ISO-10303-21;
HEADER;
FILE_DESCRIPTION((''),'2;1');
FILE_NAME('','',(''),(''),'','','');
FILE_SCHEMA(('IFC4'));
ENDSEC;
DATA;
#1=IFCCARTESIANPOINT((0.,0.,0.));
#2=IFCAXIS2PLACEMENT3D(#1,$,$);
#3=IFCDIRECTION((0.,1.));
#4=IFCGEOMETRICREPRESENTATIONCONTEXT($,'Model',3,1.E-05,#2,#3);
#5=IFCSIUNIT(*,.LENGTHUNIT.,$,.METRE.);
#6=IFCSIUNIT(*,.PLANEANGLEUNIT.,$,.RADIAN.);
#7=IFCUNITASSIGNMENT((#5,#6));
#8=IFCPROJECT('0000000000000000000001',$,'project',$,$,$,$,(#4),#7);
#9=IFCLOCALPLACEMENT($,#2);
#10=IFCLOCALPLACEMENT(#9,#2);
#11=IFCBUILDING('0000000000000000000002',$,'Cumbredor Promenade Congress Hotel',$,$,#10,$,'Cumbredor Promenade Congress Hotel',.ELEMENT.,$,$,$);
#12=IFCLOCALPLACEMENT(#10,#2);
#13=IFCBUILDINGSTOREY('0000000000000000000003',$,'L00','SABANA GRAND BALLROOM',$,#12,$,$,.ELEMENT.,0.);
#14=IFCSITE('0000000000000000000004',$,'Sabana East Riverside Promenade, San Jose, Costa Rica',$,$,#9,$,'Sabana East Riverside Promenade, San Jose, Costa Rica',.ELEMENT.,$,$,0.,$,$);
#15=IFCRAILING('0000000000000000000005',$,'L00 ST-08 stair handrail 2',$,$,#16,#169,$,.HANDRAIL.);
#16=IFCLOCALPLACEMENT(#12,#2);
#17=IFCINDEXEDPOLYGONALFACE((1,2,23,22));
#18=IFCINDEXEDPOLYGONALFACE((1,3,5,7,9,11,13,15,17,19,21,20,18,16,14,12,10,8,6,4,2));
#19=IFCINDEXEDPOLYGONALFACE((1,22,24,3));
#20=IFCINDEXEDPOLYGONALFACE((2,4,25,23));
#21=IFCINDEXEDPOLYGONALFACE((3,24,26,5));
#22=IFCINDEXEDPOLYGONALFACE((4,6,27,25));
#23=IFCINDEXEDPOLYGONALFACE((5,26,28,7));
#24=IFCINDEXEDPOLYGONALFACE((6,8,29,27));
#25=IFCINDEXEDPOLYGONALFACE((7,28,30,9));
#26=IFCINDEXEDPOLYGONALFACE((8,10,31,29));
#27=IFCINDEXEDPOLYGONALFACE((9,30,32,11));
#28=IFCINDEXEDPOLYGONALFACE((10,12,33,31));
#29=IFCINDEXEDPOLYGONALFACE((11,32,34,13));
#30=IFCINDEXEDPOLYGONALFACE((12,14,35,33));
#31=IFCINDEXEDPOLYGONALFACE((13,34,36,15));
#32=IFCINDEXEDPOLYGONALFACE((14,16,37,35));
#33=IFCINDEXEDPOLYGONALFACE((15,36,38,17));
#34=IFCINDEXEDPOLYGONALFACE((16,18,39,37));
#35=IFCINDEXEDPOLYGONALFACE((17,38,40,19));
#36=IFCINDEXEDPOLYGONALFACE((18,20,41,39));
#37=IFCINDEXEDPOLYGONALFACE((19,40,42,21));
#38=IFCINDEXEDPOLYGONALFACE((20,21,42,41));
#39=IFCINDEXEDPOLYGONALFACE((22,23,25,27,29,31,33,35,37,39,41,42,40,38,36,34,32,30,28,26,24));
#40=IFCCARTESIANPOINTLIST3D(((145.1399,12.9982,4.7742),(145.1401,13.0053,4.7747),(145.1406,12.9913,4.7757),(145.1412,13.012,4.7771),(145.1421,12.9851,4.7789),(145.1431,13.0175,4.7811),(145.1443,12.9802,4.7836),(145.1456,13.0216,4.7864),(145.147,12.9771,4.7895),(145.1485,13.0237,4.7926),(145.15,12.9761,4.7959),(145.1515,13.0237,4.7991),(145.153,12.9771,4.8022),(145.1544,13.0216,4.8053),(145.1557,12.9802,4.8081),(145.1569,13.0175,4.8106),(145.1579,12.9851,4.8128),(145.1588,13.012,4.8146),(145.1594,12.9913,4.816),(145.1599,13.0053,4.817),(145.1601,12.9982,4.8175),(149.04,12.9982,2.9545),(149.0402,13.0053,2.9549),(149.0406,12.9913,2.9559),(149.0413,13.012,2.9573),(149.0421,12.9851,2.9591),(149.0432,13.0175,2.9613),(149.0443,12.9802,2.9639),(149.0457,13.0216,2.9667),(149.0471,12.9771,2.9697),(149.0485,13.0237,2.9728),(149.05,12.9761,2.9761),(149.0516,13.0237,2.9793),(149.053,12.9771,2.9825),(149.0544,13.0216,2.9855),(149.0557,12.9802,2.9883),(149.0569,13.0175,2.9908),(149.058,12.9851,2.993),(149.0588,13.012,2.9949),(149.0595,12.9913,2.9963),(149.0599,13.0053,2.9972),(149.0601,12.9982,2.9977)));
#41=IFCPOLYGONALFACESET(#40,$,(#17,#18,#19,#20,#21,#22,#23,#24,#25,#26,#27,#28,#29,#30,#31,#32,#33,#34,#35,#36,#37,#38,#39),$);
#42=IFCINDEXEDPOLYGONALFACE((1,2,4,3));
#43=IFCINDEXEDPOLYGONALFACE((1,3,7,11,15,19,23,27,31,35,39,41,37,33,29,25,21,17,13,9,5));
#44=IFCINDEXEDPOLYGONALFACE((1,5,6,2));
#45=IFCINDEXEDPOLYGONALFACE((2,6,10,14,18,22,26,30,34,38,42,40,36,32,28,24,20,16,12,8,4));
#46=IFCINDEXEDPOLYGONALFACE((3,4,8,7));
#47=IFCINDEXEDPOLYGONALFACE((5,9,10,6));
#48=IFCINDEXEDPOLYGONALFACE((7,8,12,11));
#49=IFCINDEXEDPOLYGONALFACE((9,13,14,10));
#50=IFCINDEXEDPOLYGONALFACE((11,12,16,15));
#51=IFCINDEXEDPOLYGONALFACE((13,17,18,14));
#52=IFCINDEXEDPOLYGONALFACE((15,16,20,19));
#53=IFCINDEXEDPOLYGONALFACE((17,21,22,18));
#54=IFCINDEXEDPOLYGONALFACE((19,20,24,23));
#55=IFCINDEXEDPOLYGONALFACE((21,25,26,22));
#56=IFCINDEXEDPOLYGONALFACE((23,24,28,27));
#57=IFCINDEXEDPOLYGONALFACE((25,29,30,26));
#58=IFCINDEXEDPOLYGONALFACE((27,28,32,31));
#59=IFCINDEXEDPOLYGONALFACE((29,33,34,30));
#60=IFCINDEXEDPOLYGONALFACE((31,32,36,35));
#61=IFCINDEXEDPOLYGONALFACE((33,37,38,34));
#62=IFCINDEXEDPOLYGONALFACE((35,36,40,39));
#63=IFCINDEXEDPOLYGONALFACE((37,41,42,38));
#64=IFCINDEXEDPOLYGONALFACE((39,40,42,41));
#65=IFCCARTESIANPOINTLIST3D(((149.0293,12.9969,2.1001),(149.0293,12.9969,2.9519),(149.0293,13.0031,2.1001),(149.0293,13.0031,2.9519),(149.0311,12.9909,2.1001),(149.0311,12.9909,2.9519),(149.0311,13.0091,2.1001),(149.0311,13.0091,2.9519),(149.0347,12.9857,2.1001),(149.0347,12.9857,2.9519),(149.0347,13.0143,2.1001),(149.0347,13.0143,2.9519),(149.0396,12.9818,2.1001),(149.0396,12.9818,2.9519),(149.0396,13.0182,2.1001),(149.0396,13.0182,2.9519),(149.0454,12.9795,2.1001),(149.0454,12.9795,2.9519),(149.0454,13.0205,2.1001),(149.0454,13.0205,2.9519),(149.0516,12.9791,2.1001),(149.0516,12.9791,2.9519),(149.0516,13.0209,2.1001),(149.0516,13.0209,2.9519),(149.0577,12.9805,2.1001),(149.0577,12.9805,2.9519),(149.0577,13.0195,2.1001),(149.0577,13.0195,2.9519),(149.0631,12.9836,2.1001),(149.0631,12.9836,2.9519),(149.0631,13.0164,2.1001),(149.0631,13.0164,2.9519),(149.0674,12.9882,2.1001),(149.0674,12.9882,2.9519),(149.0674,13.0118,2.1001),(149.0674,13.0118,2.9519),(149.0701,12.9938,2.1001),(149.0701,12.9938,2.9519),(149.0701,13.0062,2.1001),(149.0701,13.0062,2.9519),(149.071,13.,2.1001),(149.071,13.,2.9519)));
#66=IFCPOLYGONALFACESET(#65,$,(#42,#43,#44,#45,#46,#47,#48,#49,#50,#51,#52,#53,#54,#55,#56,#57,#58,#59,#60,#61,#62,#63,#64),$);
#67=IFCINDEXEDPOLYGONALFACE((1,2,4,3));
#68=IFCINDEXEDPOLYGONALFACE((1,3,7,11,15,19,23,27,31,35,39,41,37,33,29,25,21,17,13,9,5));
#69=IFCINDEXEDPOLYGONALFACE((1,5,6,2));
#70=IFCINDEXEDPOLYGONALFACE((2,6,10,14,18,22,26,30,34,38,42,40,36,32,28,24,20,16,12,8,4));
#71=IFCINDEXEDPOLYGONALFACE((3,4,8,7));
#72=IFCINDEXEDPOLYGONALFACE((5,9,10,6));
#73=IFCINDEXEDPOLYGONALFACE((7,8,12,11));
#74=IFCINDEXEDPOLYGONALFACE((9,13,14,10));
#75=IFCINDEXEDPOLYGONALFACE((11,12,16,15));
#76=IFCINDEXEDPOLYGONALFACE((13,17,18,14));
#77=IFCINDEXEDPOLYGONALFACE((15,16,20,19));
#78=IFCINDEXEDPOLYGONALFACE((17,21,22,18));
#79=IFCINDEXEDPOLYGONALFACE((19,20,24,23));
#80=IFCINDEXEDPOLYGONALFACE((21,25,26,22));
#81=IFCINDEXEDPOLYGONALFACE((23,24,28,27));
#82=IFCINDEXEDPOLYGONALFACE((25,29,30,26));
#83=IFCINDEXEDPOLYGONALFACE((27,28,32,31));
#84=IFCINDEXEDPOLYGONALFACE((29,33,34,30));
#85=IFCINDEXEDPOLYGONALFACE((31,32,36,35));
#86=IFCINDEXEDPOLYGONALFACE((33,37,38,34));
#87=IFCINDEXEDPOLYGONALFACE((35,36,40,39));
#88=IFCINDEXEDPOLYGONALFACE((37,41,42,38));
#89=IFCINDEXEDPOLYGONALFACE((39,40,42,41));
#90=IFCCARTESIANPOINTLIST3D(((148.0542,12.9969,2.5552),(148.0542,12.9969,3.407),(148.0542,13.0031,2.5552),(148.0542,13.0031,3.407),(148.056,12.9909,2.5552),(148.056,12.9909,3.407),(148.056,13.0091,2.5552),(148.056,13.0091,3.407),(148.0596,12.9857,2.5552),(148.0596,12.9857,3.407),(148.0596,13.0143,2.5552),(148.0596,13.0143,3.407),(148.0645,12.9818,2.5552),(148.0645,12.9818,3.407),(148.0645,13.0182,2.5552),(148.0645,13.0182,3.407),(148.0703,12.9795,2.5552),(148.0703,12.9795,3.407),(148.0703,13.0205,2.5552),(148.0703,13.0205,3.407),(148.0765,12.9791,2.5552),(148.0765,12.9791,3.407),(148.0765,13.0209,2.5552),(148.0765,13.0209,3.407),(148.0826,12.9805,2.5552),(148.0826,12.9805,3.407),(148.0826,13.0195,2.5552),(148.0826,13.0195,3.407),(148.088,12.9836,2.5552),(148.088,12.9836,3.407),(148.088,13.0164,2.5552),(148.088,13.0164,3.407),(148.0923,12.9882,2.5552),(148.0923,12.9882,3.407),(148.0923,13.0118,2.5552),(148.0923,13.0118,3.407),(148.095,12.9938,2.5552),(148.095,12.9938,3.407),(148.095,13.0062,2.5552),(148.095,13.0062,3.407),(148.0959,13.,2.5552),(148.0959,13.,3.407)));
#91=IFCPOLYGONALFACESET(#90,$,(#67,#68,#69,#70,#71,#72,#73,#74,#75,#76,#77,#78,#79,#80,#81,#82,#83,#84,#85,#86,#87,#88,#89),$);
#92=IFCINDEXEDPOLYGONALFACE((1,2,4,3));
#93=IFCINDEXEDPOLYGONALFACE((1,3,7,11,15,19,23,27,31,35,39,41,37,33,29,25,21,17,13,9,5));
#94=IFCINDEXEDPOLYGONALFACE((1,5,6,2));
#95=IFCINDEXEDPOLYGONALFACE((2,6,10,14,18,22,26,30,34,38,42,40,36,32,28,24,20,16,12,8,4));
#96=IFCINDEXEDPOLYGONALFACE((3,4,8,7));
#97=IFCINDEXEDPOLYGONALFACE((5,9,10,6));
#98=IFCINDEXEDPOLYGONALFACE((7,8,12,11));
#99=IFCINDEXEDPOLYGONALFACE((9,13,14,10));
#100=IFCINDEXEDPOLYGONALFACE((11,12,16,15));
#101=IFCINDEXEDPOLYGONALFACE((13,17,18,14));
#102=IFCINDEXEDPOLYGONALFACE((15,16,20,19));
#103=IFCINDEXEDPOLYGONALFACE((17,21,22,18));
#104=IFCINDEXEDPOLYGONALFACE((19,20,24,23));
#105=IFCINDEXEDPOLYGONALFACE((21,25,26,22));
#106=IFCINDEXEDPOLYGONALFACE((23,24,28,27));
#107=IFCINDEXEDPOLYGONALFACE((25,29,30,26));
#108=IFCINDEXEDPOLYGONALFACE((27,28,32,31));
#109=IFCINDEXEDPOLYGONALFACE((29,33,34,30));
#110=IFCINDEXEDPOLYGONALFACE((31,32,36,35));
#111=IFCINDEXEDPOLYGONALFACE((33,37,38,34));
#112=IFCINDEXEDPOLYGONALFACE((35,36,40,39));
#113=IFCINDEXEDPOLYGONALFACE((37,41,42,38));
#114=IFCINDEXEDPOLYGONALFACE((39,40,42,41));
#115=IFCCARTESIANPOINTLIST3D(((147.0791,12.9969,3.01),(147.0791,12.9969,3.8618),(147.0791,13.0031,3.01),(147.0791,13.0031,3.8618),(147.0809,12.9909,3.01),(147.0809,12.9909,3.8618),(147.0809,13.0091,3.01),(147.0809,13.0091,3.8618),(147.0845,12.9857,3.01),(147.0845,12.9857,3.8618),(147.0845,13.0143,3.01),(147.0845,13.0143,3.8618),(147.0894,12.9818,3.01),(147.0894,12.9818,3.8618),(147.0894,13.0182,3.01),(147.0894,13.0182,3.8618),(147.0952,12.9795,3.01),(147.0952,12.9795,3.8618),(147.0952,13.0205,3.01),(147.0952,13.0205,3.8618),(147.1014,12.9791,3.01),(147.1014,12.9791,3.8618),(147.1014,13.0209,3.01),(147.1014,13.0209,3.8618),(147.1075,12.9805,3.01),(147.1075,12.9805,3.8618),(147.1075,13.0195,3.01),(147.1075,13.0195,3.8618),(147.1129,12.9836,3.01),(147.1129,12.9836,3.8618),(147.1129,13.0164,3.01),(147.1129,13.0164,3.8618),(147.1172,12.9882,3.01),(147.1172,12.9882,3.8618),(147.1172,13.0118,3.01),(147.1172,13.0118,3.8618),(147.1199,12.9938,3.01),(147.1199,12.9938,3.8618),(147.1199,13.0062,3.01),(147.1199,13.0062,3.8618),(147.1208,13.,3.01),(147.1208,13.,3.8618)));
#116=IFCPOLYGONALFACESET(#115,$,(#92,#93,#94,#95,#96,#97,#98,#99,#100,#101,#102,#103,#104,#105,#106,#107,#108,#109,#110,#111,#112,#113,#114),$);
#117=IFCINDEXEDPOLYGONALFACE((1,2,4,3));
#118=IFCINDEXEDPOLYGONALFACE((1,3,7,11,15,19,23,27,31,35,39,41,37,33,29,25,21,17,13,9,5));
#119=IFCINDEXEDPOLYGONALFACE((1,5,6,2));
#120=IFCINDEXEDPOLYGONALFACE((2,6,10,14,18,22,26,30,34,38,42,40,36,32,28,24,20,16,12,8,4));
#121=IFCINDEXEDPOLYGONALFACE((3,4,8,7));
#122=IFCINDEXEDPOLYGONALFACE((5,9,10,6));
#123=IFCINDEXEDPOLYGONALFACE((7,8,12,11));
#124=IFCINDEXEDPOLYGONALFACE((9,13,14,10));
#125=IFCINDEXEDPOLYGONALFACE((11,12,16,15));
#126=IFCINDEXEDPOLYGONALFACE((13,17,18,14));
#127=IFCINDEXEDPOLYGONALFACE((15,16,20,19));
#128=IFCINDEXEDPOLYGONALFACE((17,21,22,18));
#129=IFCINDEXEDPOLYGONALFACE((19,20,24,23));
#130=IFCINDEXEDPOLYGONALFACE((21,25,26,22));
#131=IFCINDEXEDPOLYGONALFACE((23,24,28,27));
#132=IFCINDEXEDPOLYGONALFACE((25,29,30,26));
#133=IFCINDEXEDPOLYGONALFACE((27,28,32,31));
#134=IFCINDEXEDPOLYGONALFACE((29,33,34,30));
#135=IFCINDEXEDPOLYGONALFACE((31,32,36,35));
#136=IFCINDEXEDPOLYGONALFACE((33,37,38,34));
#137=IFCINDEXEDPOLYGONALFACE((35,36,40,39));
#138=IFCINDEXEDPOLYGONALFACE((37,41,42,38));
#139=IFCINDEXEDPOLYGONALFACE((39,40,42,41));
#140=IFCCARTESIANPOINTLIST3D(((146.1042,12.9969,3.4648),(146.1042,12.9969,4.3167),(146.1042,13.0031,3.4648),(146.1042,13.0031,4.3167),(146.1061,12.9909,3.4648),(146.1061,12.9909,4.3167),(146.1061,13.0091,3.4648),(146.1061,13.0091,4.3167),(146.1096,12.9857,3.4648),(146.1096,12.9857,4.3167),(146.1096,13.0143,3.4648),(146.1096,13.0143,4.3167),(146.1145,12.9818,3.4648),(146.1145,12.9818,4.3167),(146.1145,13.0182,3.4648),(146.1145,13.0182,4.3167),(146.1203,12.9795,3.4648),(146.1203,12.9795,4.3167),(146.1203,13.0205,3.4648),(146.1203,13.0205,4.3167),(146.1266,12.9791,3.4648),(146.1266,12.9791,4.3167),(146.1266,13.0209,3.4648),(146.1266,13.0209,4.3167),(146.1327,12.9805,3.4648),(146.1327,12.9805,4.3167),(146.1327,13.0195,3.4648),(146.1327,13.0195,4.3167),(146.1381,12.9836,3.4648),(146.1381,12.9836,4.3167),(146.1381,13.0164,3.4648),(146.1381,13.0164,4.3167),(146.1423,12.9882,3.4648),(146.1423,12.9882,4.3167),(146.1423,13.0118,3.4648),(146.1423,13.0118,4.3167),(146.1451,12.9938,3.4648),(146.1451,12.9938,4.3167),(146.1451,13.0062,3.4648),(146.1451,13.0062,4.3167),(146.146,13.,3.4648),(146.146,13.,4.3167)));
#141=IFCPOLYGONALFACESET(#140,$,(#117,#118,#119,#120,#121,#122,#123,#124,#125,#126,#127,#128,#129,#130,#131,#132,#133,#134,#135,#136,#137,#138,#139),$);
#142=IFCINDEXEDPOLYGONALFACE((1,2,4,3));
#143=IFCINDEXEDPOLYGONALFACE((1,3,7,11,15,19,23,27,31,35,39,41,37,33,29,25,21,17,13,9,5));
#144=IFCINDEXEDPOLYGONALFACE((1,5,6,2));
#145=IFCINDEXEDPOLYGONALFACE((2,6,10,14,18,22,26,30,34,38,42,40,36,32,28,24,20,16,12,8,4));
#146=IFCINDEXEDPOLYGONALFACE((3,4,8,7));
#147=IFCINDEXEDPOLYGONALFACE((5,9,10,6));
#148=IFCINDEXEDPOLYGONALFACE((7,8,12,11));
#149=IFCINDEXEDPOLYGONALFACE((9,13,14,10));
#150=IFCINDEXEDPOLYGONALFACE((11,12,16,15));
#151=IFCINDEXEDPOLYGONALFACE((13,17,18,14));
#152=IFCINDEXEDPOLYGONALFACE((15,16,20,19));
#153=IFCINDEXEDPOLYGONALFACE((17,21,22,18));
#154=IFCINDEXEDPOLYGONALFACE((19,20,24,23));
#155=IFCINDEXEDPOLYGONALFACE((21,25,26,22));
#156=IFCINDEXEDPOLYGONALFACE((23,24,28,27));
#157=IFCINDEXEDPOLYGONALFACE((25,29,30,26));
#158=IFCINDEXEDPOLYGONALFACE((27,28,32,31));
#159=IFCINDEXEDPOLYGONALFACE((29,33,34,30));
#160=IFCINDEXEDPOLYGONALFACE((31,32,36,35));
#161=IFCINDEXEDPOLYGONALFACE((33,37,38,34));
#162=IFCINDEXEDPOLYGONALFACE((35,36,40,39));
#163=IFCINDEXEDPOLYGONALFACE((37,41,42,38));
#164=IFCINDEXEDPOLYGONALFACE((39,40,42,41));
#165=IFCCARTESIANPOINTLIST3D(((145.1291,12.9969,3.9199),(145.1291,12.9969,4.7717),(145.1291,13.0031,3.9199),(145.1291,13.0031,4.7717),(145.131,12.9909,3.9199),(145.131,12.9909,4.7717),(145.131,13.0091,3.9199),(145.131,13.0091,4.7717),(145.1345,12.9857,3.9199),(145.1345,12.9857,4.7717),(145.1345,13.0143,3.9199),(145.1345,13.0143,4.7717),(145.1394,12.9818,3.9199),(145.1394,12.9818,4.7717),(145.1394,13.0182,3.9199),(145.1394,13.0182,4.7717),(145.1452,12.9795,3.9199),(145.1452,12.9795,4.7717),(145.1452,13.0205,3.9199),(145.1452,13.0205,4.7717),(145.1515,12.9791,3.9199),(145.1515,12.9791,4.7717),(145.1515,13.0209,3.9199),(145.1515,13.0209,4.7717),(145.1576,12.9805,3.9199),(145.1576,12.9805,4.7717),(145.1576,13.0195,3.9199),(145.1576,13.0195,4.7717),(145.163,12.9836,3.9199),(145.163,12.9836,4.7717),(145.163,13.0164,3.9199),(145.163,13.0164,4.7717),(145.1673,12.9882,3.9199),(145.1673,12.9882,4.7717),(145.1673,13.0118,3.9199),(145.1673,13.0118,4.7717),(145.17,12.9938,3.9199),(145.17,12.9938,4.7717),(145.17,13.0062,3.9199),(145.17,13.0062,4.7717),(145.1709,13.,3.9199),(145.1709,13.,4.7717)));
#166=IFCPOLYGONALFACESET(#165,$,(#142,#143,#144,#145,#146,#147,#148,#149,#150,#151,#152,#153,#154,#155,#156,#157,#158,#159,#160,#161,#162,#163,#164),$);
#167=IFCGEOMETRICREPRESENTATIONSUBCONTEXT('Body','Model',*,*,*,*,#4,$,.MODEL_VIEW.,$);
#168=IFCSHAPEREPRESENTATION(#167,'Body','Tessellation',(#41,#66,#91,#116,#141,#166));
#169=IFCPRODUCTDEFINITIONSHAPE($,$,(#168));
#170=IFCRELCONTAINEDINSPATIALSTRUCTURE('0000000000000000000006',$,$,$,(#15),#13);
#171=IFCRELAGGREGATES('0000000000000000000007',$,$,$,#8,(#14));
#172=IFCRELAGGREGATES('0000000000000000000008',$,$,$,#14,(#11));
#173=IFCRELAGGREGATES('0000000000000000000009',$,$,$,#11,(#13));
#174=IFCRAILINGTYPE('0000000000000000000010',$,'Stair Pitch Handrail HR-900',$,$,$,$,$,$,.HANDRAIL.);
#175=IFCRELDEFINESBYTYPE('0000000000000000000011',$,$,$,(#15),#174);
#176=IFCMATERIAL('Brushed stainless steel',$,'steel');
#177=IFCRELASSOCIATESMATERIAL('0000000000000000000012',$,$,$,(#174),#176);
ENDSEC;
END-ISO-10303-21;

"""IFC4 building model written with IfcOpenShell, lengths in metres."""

from ifc_helpers import new_model, si_unit, direction, frame, origin, origin_2d, place, context, subcontext, project, spatial, circle, extrude, material, type_object, element, save


model = new_model("IFC4")

# Units and contexts
model_context = context("Model", 3, precision=1e-05, world=origin(), true_north=direction((0.0, 1.0)))
body_context = subcontext(model_context, "Body", "Model", "MODEL_VIEW")
ifc_project = project(units=[si_unit("LENGTHUNIT", "METRE"), si_unit("PLANEANGLEUNIT", "RADIAN")], contexts=[model_context])

# Site, building, storey
site_placement = place(None, origin())
site = spatial("IfcSite", under=ifc_project, at=site_placement, Name="Sabana East Riverside Promenade, San Jose, Costa Rica", LongName="Sabana East Riverside Promenade, San Jose, Costa Rica", CompositionType="ELEMENT", RefElevation=0.0)
building_placement = place(site_placement, origin())
building = spatial("IfcBuilding", under=site, at=building_placement, Name="Cumbredor Promenade Congress Hotel", LongName="Cumbredor Promenade Congress Hotel", CompositionType="ELEMENT")
storey_placement = place(building_placement, origin())
storey = spatial("IfcBuildingStorey", under=building, at=storey_placement, Name="L00", Description="SABANA GRAND BALLROOM", CompositionType="ELEMENT", Elevation=0.0)

# Railing
ifc_material_1 = material(Name="Brushed stainless steel", Category="steel")
railing_type_1 = type_object("IfcRailingType", Name="Stair Pitch Handrail HR-900", PredefinedType="HANDRAIL", material=ifc_material_1)
railing_1_placement = place(storey_placement, frame((149.05, 13.0, 2.1001)))
element("IfcRailing", 1, at=railing_1_placement, inside=storey, type_object=railing_type_1, Name="L00 ST-08 stair handrail 2", PredefinedType="HANDRAIL", context=body_context, shape_type="SweptSolid", body=[
    extrude(circle(Radius=0.0239, at=origin_2d()), frame((0.0, 0.0, 0.876), z_axis=(-0.906205, 0.0, 0.422839), x_axis=(0.0, -1.0, 0.0)), (0.0, 0.0, 1.0), 4.3037),
    extrude(circle(Radius=0.021, at=origin_2d()), origin(), (0.0, 0.0, 1.0), 0.8518),
    extrude(circle(Radius=0.021, at=origin_2d()), frame((-0.9751, 0.0, 0.4551)), (0.0, 0.0, 1.0), 0.8518),
    extrude(circle(Radius=0.021, at=origin_2d()), frame((-1.9502, 0.0, 0.9099)), (0.0, 0.0, 1.0), 0.8518),
    extrude(circle(Radius=0.021, at=origin_2d()), frame((-2.925, 0.0, 1.3647)), (0.0, 0.0, 1.0), 0.8518),
    extrude(circle(Radius=0.021, at=origin_2d()), frame((-3.9001, 0.0, 1.8198)), (0.0, 0.0, 1.0), 0.8518),
])

save(model, "model.ifc")
